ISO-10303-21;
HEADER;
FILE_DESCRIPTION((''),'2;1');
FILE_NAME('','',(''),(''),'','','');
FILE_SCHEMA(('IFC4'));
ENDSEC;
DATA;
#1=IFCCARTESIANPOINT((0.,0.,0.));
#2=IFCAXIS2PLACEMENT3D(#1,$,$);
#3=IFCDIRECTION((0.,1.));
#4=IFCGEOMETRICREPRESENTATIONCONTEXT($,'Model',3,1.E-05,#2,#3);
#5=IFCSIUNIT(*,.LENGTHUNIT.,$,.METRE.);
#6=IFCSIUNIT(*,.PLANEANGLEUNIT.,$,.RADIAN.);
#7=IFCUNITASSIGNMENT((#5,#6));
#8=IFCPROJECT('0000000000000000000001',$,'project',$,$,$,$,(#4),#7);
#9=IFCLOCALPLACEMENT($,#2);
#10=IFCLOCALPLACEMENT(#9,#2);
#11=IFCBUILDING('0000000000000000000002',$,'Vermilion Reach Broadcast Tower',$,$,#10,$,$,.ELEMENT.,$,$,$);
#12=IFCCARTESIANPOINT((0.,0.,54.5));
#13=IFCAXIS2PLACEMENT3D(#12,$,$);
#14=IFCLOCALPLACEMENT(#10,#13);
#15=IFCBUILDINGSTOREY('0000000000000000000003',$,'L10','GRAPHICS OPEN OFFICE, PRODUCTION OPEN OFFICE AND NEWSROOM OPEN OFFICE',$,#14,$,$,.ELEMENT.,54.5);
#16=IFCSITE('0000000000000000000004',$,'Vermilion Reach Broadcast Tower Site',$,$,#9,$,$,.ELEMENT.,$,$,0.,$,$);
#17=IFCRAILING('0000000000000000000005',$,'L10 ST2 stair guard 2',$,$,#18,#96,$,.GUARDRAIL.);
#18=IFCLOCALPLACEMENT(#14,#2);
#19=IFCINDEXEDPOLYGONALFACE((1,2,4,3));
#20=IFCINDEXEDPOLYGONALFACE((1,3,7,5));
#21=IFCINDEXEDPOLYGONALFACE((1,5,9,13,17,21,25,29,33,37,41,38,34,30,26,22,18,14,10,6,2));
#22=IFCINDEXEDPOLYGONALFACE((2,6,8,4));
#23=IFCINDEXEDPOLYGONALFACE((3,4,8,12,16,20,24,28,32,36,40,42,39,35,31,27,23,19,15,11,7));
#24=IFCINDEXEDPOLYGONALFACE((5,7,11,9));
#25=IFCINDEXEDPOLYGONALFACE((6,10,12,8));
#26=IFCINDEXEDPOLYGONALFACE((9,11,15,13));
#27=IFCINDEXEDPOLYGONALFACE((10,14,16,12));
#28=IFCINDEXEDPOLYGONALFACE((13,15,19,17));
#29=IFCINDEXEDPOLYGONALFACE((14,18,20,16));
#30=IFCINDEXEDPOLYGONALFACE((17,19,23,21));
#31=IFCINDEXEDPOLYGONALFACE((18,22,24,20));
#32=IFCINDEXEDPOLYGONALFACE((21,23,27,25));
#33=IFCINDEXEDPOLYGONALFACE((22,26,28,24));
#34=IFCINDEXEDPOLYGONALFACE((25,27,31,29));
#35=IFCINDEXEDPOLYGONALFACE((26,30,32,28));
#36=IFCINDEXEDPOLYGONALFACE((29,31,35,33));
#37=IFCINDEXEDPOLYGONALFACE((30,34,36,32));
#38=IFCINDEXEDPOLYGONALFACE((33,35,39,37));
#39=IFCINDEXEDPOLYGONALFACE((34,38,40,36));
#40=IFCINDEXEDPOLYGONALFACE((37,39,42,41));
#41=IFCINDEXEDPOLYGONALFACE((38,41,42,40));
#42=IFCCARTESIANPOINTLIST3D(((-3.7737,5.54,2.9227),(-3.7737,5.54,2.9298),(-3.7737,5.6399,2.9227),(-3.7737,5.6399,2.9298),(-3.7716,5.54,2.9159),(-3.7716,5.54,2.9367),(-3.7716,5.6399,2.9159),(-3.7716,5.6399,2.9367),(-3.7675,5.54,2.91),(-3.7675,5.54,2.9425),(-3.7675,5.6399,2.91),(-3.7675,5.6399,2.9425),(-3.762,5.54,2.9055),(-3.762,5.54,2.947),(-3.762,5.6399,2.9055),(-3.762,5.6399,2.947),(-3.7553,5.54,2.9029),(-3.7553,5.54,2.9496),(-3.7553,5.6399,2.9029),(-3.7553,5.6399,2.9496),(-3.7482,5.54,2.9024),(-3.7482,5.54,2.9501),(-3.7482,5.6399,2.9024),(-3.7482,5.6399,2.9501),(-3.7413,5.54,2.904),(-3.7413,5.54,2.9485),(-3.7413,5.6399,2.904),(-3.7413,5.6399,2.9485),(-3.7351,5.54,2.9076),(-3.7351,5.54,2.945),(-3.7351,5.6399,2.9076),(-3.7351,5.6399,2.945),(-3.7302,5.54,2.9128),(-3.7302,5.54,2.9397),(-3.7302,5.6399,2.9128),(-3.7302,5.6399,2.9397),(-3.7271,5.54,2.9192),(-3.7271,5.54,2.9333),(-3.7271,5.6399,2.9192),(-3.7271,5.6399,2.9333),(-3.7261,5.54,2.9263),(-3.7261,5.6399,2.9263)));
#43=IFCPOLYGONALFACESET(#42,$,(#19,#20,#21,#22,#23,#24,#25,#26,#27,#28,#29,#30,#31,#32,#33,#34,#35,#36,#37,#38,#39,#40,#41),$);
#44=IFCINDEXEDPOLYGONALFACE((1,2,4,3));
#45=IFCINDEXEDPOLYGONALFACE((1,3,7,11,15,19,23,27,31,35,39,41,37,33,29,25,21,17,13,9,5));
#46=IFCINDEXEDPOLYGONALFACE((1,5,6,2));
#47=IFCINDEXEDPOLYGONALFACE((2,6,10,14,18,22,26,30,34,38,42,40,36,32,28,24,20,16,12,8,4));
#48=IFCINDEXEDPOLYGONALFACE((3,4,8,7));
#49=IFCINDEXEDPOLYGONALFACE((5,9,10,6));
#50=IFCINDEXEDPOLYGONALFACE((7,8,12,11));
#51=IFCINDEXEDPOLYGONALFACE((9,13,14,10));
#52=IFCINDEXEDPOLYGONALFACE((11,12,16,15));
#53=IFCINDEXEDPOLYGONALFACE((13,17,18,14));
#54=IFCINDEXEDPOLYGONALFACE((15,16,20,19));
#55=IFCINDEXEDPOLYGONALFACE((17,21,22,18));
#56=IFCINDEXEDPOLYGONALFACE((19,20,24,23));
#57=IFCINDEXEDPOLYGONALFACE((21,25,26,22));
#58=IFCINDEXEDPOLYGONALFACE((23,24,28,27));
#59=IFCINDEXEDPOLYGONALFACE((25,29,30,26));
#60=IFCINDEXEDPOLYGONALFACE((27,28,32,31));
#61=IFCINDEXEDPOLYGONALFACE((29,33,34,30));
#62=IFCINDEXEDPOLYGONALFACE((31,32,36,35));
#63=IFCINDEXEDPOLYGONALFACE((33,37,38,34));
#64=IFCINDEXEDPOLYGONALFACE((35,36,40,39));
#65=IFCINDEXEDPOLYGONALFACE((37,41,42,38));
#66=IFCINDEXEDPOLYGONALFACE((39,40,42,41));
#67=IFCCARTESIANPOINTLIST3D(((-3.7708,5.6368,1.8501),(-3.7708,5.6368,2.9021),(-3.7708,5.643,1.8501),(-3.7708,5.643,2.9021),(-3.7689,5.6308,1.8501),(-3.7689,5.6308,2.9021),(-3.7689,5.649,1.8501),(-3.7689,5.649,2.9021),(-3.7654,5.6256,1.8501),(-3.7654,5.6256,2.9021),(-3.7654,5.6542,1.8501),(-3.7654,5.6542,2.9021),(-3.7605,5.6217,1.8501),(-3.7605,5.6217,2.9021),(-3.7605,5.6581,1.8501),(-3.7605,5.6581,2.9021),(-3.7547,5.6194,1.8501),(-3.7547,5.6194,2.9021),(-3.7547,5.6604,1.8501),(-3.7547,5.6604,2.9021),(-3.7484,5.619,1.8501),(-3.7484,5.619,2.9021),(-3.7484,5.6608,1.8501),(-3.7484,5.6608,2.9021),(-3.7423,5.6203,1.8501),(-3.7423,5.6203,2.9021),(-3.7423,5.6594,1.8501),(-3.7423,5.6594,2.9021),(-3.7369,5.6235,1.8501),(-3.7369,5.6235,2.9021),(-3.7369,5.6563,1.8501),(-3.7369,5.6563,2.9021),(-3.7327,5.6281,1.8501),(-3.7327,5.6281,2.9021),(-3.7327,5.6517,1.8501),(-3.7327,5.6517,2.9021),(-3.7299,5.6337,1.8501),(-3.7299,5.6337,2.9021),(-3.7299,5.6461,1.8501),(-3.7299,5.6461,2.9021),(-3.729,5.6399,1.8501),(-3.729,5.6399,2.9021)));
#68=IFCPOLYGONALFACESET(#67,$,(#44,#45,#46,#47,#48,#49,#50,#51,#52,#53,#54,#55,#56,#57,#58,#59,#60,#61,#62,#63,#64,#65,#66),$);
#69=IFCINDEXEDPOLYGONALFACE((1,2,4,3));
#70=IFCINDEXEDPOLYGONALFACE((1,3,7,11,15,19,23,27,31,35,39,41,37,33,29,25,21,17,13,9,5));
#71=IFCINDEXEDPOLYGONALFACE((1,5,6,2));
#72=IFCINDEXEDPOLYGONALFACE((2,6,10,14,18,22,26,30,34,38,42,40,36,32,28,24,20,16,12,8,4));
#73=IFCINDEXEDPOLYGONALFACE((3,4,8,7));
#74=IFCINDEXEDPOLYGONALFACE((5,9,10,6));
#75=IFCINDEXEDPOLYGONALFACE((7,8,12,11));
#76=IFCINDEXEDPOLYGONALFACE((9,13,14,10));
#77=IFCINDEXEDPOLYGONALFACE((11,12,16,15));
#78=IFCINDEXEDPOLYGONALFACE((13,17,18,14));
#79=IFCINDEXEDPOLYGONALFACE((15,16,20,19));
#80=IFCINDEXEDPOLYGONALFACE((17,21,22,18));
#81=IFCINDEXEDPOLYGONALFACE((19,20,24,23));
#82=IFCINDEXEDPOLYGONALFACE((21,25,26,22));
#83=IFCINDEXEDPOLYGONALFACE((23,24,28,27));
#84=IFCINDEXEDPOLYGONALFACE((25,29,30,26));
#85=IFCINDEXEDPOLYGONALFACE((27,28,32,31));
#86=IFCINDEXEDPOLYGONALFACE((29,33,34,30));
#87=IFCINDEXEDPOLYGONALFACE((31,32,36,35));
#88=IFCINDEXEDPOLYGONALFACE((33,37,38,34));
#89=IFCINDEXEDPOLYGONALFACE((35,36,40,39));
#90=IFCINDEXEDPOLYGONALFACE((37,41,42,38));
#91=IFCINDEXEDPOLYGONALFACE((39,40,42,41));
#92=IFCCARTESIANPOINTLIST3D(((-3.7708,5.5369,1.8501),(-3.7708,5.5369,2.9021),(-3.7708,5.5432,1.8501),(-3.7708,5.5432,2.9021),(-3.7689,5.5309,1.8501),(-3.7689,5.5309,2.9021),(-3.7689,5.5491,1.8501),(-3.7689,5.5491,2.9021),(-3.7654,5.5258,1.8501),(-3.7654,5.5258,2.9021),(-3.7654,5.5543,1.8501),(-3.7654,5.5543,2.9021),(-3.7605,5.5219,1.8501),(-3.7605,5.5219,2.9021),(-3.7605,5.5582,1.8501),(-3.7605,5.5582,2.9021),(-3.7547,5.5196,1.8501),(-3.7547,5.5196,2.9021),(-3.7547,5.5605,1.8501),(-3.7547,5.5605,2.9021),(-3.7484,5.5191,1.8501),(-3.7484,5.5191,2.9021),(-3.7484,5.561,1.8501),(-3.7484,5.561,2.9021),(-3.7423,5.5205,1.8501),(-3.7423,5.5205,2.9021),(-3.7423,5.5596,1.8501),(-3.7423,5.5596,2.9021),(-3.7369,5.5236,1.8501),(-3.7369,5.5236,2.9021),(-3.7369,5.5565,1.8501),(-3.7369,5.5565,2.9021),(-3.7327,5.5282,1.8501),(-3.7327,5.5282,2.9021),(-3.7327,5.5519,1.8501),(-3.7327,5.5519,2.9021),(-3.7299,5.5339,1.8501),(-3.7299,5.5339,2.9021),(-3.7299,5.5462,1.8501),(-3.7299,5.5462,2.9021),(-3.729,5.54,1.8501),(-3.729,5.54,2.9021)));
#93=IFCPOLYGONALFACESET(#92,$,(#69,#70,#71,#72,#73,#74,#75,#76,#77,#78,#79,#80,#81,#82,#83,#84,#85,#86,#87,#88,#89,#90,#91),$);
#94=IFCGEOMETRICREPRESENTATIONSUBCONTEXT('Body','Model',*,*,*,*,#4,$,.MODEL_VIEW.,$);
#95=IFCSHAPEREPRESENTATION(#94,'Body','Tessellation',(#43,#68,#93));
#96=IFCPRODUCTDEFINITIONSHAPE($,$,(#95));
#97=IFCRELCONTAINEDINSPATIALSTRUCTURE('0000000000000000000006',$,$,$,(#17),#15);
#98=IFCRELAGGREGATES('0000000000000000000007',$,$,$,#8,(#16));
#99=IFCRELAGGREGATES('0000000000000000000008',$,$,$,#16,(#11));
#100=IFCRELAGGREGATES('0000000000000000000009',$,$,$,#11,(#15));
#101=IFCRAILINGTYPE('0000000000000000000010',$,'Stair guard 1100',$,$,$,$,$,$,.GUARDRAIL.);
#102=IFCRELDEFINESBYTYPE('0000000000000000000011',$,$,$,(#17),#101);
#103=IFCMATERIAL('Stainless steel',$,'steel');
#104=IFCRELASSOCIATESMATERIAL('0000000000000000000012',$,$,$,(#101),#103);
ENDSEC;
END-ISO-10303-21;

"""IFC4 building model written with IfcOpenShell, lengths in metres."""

from ifc_helpers import new_model, si_unit, direction, frame, origin, origin_2d, place, context, subcontext, project, spatial, circle, extrude, material, type_object, element, save


model = new_model("IFC4")

# Units and contexts
model_context = context("Model", 3, precision=1e-05, world=origin(), true_north=direction((0.0, 1.0)))
body_context = subcontext(model_context, "Body", "Model", "MODEL_VIEW")
ifc_project = project(units=[si_unit("LENGTHUNIT", "METRE"), si_unit("PLANEANGLEUNIT", "RADIAN")], contexts=[model_context])

# Site, building, storey
site_placement = place(None, origin())
site = spatial("IfcSite", under=ifc_project, at=site_placement, Name="Vermilion Reach Broadcast Tower Site", CompositionType="ELEMENT", RefElevation=0.0)
building_placement = place(site_placement, origin())
building = spatial("IfcBuilding", under=site, at=building_placement, Name="Vermilion Reach Broadcast Tower", CompositionType="ELEMENT")
storey_placement = place(building_placement, frame((0.0, 0.0, 54.5)))
storey = spatial("IfcBuildingStorey", under=building, at=storey_placement, Name="L10", Description="GRAPHICS OPEN OFFICE, PRODUCTION OPEN OFFICE AND NEWSROOM OPEN OFFICE", CompositionType="ELEMENT", Elevation=54.5)

# Railing
ifc_material_1 = material(Name="Stainless steel", Category="steel")
railing_type_1 = type_object("IfcRailingType", Name="Stair guard 1100", PredefinedType="GUARDRAIL", material=ifc_material_1)
railing_1_placement = place(storey_placement, frame((-3.75, 5.6399, 1.8501)))
element("IfcRailing", 1, at=railing_1_placement, inside=storey, type_object=railing_type_1, Name="L10 ST2 stair guard 2", PredefinedType="GUARDRAIL", context=body_context, shape_type="SweptSolid", body=[
    extrude(circle(Radius=0.0239, at=origin_2d()), frame((0.0, 0.0, 1.0762), z_axis=(0.0, -1.0, 0.0), x_axis=(1.0, 0.0, 0.0)), (0.0, 0.0, 1.0), 0.0999),
    extrude(circle(Radius=0.021, at=origin_2d()), origin(), (0.0, 0.0, 1.0), 1.052),
    extrude(circle(Radius=0.021, at=origin_2d()), frame((0.0, -0.0999, 0.0)), (0.0, 0.0, 1.0), 1.052),
])

save(model, "model.ifc")
